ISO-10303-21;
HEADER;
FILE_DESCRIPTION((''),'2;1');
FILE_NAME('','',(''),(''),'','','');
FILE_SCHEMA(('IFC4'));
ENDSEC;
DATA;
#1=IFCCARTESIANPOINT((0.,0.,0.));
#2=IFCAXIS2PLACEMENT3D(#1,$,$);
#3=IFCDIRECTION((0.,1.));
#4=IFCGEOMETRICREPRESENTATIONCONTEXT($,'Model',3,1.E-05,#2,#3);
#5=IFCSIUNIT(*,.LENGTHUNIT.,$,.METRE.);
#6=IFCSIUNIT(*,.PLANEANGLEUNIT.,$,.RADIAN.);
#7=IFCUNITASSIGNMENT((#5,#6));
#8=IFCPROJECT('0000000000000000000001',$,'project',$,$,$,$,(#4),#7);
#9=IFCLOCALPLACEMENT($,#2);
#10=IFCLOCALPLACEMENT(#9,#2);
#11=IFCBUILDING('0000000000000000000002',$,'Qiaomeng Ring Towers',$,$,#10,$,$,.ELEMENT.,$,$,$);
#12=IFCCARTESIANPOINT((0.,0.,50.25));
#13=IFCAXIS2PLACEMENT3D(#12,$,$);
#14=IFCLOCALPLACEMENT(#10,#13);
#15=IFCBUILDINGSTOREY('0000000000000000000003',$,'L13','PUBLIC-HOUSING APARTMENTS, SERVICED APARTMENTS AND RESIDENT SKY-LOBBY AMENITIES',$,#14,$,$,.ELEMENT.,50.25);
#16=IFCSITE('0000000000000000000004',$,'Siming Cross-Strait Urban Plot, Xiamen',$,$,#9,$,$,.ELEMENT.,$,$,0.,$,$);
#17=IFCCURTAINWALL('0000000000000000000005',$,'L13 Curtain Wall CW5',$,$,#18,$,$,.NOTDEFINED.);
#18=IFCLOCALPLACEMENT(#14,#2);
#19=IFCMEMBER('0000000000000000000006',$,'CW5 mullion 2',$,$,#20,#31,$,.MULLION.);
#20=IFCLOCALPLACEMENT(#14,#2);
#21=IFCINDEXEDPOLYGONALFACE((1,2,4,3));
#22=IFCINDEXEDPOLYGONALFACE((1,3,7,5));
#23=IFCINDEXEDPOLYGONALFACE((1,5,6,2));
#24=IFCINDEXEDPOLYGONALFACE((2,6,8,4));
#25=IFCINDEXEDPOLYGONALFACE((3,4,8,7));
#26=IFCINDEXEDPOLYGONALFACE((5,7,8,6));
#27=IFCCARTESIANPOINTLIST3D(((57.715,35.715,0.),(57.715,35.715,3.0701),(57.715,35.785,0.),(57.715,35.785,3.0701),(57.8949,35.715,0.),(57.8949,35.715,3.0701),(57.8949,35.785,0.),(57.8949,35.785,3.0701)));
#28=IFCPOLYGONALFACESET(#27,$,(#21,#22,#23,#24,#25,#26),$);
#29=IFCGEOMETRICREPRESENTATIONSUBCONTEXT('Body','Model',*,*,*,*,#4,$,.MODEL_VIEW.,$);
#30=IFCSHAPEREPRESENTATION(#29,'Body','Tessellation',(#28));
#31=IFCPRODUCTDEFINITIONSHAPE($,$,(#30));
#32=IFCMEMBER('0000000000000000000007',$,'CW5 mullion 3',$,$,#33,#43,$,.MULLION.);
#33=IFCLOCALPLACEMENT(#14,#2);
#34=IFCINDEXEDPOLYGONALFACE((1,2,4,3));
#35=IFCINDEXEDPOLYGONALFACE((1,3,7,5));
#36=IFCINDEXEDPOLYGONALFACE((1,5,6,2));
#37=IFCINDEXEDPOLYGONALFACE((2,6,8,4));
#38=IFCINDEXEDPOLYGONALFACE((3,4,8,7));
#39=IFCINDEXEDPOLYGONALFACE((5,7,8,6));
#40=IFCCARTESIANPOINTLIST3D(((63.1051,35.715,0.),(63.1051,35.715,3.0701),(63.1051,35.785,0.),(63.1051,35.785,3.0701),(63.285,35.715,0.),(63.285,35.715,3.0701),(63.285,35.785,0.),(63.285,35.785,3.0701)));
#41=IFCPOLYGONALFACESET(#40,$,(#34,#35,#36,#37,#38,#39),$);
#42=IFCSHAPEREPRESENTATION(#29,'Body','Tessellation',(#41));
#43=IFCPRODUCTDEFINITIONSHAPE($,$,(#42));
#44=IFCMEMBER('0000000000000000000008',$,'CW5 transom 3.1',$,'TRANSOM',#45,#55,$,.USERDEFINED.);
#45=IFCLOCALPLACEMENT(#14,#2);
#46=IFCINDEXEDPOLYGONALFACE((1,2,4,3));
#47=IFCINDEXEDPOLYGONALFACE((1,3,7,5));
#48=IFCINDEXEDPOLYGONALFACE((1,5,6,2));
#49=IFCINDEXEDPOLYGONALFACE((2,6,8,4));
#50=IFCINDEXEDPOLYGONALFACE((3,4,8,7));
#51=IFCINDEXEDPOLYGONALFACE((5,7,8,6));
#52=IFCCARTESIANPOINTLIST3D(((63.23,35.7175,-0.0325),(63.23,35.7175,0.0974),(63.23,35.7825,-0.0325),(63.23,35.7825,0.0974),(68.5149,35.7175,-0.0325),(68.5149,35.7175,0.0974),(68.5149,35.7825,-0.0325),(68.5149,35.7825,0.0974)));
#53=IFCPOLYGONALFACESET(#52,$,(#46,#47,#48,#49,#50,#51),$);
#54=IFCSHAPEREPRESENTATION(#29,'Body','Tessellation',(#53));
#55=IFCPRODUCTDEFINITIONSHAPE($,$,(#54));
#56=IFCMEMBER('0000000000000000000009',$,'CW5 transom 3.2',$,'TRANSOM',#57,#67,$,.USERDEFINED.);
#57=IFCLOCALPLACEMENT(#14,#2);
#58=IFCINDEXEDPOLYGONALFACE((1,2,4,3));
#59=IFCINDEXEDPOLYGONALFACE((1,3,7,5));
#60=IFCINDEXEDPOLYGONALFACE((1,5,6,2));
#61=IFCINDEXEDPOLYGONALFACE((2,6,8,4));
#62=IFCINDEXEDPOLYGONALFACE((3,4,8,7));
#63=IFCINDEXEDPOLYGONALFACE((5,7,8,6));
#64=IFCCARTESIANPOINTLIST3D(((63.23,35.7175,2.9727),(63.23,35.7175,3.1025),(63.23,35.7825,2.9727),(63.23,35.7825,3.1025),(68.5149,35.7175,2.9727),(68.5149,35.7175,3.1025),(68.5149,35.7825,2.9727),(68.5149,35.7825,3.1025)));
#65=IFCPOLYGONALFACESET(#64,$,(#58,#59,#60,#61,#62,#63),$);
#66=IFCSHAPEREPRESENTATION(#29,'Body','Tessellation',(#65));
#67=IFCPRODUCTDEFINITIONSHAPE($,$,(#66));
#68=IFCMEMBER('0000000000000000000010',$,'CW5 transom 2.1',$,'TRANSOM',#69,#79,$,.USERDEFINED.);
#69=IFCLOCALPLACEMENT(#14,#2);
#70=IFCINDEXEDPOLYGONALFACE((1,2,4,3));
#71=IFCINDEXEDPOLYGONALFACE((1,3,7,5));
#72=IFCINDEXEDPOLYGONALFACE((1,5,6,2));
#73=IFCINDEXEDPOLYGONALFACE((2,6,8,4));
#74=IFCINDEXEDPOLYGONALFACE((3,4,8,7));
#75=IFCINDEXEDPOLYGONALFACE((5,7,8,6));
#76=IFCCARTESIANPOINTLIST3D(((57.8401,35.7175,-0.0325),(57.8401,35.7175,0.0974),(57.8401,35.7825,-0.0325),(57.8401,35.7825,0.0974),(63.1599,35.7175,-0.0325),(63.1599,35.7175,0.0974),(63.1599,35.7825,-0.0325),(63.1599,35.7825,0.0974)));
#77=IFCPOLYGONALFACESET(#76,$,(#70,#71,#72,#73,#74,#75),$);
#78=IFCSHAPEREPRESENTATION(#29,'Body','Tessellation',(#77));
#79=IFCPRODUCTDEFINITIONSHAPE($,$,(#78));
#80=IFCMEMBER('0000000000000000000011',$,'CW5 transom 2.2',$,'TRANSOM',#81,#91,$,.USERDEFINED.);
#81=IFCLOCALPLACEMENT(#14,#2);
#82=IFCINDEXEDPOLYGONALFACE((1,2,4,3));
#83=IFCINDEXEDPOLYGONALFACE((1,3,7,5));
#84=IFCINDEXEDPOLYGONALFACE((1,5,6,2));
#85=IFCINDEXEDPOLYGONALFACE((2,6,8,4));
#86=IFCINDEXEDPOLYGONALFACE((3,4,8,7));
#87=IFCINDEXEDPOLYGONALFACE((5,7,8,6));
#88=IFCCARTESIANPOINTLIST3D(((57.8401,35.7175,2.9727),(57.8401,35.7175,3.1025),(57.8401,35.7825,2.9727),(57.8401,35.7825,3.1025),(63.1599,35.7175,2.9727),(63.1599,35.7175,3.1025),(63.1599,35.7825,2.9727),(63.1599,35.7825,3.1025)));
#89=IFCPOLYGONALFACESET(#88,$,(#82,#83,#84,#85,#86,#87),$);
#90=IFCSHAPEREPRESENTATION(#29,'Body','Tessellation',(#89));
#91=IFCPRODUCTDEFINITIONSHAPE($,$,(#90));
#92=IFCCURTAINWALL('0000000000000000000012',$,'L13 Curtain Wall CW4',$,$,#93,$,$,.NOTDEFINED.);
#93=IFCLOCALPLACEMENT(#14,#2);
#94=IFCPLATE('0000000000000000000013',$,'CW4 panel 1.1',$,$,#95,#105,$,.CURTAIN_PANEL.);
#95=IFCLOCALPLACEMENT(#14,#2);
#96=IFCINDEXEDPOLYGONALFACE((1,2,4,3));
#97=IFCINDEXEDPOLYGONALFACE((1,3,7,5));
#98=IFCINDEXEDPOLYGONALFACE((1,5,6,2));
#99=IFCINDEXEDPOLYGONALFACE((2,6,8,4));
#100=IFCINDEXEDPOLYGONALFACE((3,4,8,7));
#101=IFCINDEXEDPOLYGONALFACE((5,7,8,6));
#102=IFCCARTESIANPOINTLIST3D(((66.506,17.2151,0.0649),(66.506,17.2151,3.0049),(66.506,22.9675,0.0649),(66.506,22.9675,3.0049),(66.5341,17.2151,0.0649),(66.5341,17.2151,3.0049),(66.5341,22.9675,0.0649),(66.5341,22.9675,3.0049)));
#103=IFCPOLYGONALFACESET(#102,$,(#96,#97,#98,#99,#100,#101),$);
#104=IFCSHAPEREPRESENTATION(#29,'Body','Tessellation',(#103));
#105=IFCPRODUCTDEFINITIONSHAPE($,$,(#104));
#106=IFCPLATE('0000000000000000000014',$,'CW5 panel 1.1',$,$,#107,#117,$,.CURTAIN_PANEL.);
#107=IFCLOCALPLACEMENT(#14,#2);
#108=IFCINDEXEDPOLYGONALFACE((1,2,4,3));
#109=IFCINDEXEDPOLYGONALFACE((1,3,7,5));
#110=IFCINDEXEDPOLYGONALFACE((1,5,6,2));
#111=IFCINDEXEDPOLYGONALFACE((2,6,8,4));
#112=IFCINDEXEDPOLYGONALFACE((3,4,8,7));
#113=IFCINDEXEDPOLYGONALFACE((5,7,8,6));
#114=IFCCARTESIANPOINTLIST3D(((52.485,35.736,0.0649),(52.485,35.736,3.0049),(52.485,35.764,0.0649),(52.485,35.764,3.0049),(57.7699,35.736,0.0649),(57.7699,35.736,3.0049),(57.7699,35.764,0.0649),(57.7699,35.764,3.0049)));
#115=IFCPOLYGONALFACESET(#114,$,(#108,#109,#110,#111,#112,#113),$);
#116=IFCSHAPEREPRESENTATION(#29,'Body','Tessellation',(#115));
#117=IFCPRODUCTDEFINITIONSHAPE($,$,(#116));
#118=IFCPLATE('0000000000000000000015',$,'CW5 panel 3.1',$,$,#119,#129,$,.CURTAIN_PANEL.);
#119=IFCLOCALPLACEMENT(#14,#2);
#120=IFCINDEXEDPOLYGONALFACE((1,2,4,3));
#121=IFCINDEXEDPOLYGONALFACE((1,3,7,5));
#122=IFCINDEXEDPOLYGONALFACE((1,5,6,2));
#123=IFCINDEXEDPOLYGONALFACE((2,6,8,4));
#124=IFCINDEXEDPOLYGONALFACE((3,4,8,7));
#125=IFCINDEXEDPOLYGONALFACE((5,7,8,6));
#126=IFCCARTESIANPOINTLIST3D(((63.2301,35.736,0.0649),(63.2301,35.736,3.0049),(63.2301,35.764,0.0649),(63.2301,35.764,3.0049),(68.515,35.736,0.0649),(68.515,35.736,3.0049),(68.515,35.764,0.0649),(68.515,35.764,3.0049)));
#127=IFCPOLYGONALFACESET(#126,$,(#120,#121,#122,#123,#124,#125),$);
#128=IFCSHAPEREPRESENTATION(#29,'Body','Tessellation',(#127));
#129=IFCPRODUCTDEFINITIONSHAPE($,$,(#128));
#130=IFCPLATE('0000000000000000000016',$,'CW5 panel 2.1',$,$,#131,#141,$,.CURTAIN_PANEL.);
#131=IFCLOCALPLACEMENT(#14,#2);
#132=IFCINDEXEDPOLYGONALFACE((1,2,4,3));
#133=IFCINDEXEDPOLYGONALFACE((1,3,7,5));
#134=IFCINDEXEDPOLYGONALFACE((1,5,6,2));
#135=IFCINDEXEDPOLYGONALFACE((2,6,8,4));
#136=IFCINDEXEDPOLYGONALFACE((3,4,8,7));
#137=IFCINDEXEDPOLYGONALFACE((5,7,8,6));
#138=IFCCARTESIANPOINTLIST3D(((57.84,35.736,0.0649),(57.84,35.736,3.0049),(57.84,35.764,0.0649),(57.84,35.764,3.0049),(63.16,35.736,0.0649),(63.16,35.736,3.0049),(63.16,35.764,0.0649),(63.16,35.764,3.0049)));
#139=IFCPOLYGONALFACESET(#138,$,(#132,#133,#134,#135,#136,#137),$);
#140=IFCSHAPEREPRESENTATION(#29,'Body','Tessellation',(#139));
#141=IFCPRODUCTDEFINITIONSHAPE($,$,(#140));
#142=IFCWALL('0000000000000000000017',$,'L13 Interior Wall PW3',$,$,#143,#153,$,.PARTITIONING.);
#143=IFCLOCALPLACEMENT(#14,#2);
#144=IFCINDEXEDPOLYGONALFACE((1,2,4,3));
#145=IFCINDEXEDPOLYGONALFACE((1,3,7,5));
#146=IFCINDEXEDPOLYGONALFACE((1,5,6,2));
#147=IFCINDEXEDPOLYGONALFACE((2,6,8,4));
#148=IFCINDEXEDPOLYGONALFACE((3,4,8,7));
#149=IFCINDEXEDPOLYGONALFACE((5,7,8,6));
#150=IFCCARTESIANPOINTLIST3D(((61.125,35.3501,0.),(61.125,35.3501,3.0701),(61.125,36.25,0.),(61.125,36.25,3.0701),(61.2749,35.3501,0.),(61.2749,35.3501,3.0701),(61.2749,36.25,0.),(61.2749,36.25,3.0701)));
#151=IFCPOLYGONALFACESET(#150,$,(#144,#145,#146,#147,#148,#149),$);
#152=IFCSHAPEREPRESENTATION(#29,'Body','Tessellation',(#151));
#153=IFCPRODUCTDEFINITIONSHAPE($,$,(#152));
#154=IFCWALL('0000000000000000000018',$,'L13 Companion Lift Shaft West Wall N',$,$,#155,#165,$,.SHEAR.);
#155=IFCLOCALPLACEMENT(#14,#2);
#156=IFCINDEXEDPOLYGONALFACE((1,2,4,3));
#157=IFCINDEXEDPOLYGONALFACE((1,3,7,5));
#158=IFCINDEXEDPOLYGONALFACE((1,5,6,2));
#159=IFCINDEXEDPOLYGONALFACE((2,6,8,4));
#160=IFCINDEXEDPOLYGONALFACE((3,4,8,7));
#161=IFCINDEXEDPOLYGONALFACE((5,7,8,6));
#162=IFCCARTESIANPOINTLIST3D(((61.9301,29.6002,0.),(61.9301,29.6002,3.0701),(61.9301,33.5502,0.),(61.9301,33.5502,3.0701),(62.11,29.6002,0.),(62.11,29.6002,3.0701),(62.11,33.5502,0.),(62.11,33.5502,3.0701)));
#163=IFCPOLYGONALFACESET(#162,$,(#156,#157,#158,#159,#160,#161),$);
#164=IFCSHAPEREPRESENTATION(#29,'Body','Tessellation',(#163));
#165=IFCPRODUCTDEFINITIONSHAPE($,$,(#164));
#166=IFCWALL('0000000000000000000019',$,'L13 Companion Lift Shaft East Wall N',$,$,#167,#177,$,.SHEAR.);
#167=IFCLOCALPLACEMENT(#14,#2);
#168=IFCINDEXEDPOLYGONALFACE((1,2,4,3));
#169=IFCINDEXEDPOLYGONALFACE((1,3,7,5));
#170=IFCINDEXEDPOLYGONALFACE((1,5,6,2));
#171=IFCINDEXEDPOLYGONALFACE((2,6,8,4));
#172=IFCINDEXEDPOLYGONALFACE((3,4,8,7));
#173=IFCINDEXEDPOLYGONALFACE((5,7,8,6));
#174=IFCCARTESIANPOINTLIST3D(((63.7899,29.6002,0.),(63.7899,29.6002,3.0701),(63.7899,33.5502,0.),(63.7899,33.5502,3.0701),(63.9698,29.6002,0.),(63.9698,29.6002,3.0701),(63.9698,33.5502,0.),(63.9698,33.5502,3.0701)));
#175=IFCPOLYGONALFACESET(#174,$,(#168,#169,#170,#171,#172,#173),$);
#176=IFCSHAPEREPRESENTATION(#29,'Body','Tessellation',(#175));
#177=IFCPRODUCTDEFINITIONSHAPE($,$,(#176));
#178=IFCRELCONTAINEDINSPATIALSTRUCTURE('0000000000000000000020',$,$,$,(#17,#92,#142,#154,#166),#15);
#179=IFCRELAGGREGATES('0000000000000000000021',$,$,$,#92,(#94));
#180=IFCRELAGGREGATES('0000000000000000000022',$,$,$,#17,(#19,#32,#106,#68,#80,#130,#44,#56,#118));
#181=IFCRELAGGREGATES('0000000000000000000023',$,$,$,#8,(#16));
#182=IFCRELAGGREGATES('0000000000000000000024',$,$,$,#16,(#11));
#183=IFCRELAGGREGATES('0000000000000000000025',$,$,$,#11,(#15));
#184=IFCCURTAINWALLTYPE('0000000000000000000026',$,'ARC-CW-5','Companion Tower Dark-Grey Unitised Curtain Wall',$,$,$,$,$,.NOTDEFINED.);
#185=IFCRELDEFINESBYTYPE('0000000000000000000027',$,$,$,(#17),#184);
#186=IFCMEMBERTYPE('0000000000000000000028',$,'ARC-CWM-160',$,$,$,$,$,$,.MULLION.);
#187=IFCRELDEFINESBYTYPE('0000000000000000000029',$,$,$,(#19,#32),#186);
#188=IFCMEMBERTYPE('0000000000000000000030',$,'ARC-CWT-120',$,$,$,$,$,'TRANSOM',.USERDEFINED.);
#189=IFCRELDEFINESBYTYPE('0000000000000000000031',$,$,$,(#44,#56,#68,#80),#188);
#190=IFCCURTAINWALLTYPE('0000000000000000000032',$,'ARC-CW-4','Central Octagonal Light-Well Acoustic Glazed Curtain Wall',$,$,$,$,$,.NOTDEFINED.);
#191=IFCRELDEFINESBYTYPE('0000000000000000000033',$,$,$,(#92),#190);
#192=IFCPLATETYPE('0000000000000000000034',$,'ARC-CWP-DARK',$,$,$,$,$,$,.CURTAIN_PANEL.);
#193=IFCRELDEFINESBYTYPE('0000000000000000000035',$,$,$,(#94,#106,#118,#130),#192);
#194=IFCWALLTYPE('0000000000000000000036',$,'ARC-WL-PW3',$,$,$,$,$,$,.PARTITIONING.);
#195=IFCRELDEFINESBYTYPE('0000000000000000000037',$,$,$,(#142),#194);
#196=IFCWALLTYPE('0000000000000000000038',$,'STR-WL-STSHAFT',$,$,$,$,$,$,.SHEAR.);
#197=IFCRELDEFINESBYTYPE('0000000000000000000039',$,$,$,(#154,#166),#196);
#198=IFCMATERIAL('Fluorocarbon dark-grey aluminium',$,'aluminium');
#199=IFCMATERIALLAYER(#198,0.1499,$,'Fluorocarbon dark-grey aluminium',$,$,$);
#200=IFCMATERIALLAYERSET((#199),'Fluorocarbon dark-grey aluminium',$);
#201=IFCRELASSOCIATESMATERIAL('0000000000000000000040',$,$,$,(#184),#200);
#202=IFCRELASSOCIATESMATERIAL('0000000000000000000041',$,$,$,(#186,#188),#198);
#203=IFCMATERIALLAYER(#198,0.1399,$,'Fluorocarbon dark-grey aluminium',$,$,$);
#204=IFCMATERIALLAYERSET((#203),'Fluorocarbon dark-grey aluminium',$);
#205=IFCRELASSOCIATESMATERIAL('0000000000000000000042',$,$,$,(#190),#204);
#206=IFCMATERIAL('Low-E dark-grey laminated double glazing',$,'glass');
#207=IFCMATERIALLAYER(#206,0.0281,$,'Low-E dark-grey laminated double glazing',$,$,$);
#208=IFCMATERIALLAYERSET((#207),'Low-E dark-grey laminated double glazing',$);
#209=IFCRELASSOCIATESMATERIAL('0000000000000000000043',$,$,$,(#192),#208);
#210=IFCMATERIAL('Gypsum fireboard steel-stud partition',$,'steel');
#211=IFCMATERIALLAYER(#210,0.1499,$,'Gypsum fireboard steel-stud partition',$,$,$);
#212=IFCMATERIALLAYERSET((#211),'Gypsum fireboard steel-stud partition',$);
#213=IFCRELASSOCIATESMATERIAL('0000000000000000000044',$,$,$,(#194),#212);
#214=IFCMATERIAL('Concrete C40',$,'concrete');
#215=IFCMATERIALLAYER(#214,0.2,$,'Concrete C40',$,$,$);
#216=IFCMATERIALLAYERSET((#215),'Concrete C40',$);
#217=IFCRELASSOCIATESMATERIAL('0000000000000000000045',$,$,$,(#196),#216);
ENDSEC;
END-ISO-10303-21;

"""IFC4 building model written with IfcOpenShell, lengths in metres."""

from ifc_helpers import new_model, si_unit, direction, frame, frame_2d, origin, origin_2d, place, context, subcontext, project, spatial, rectangle, extrude, source, transform, mapped, material, layer, layer_set, material_profile, profile_set, type_object, element, aggregate, save


model = new_model("IFC4")

# Units and contexts
model_context = context("Model", 3, precision=1e-05, world=origin(), true_north=direction((0.0, 1.0)))
body_context = subcontext(model_context, "Body", "Model", "MODEL_VIEW")
ifc_project = project(units=[si_unit("LENGTHUNIT", "METRE"), si_unit("PLANEANGLEUNIT", "RADIAN")], contexts=[model_context])

# Site, building, storey
site_placement = place(None, origin())
site = spatial("IfcSite", under=ifc_project, at=site_placement, Name="Siming Cross-Strait Urban Plot, Xiamen", CompositionType="ELEMENT", RefElevation=0.0)
building_placement = place(site_placement, origin())
building = spatial("IfcBuilding", under=site, at=building_placement, Name="Qiaomeng Ring Towers", CompositionType="ELEMENT")
storey_placement = place(building_placement, frame((0.0, 0.0, 50.25)))
storey = spatial("IfcBuildingStorey", under=building, at=storey_placement, Name="L13", Description="PUBLIC-HOUSING APARTMENTS, SERVICED APARTMENTS AND RESIDENT SKY-LOBBY AMENITIES", CompositionType="ELEMENT", Elevation=50.25)

# Curtain wall, members
ifc_material_1 = material(Name="Fluorocarbon dark-grey aluminium", Category="aluminium")
ifc_layer_1 = layer(ifc_material_1, 0.1499, Name="Fluorocarbon dark-grey aluminium")
ifc_layer_set_1 = layer_set([ifc_layer_1], Name="Fluorocarbon dark-grey aluminium")
curtain_wall_type_1 = type_object("IfcCurtainWallType", Name="ARC-CW-5", Description="Companion Tower Dark-Grey Unitised Curtain Wall", PredefinedType="NOTDEFINED", material=ifc_layer_set_1)
curtain_wall_1_placement = place(storey_placement, origin())
curtain_wall_1 = element("IfcCurtainWall", 1, at=curtain_wall_1_placement, inside=storey, type_object=curtain_wall_type_1, Name="L13 Curtain Wall CW5", PredefinedType="NOTDEFINED")
ifc_material_profile_1 = material_profile(ifc_material_1, rectangle(XDim=0.0701, YDim=0.1799, at=origin_2d()), Name="ALU MULL 70x180")
ifc_profile_set_1 = profile_set([ifc_material_profile_1], Name="Fluorocarbon dark-grey aluminium")
member_type_1 = type_object("IfcMemberType", Name="ARC-CWM-160", PredefinedType="MULLION", material=ifc_profile_set_1)
shared_shape_1 = source(origin(), body_context, "Body", "SweptSolid", [
    extrude(rectangle(XDim=0.0701, YDim=0.1799, at=origin_2d()), origin(), (0.0, 0.0, 1.0), 3.0701),
])
member_1_placement = place(storey_placement, frame((57.8049, 35.75, 0.0), z_axis=(0.0, 0.0, 1.0), x_axis=(0.0, 1.0, 0.0)))
member_1 = element("IfcMember", 2, at=member_1_placement, type_object=member_type_1, Name="CW5 mullion 2", PredefinedType="MULLION", context=body_context, shape_type="MappedRepresentation", body=[
    mapped(shared_shape_1, transform((0.0, 0.0, 0.0), x_axis=(1.0, 0.0, 0.0), y_axis=(0.0, 1.0, 0.0), z_axis=(0.0, 0.0, 1.0), scale=1.0)),
])
member_2_placement = place(storey_placement, frame((63.1951, 35.75, 0.0), z_axis=(0.0, 0.0, 1.0), x_axis=(0.0, 1.0, 0.0)))
member_2 = element("IfcMember", 3, at=member_2_placement, type_object=member_type_1, Name="CW5 mullion 3", PredefinedType="MULLION", context=body_context, shape_type="MappedRepresentation", body=[
    mapped(shared_shape_1, transform((0.0, 0.0, 0.0), x_axis=(1.0, 0.0, 0.0), y_axis=(0.0, 1.0, 0.0), z_axis=(0.0, 0.0, 1.0), scale=1.0)),
])
ifc_material_profile_2 = material_profile(ifc_material_1, rectangle(XDim=0.0649, YDim=0.1299, at=origin_2d()), Name="ALU TRAN 65x130")
ifc_profile_set_2 = profile_set([ifc_material_profile_2], Name="Fluorocarbon dark-grey aluminium")
member_type_2 = type_object("IfcMemberType", Name="ARC-CWT-120", ElementType="TRANSOM", PredefinedType="USERDEFINED", material=ifc_profile_set_2)
shared_shape_2 = source(origin(), body_context, "Body", "SweptSolid", [
    extrude(rectangle(XDim=0.0649, YDim=0.1299, at=origin_2d()), origin(), (0.0, 0.0, 1.0), 5.2849),
])
member_3_placement = place(storey_placement, frame((63.23, 35.75, 0.0325), z_axis=(1.0, 0.0, 0.0), x_axis=(0.0, 1.0, 0.0)))
member_3 = element("IfcMember", 4, at=member_3_placement, type_object=member_type_2, Name="CW5 transom 3.1", ObjectType="TRANSOM", PredefinedType="USERDEFINED", context=body_context, shape_type="MappedRepresentation", body=[
    mapped(shared_shape_2, transform((0.0, 0.0, 0.0), x_axis=(1.0, 0.0, 0.0), y_axis=(0.0, 1.0, 0.0), z_axis=(0.0, 0.0, 1.0), scale=1.0)),
])
member_4_placement = place(storey_placement, frame((63.23, 35.75, 3.0376), z_axis=(1.0, 0.0, 0.0), x_axis=(0.0, 1.0, 0.0)))
member_4 = element("IfcMember", 5, at=member_4_placement, type_object=member_type_2, Name="CW5 transom 3.2", ObjectType="TRANSOM", PredefinedType="USERDEFINED", context=body_context, shape_type="MappedRepresentation", body=[
    mapped(shared_shape_2, transform((0.0, 0.0, 0.0), x_axis=(1.0, 0.0, 0.0), y_axis=(0.0, 1.0, 0.0), z_axis=(0.0, 0.0, 1.0), scale=1.0)),
])
shared_shape_3 = source(origin(), body_context, "Body", "SweptSolid", [
    extrude(rectangle(XDim=0.0649, YDim=0.1299, at=origin_2d()), origin(), (0.0, 0.0, 1.0), 5.3198),
])
member_5_placement = place(storey_placement, frame((57.8401, 35.75, 0.0325), z_axis=(1.0, 0.0, 0.0), x_axis=(0.0, 1.0, 0.0)))
member_5 = element("IfcMember", 6, at=member_5_placement, type_object=member_type_2, Name="CW5 transom 2.1", ObjectType="TRANSOM", PredefinedType="USERDEFINED", context=body_context, shape_type="MappedRepresentation", body=[
    mapped(shared_shape_3, transform((0.0, 0.0, 0.0), x_axis=(1.0, 0.0, 0.0), y_axis=(0.0, 1.0, 0.0), z_axis=(0.0, 0.0, 1.0), scale=1.0)),
])
member_6_placement = place(storey_placement, frame((57.8401, 35.75, 3.0376), z_axis=(1.0, 0.0, 0.0), x_axis=(0.0, 1.0, 0.0)))
member_6 = element("IfcMember", 7, at=member_6_placement, type_object=member_type_2, Name="CW5 transom 2.2", ObjectType="TRANSOM", PredefinedType="USERDEFINED", context=body_context, shape_type="MappedRepresentation", body=[
    mapped(shared_shape_3, transform((0.0, 0.0, 0.0), x_axis=(1.0, 0.0, 0.0), y_axis=(0.0, 1.0, 0.0), z_axis=(0.0, 0.0, 1.0), scale=1.0)),
])

# Curtain wall, plate
ifc_layer_2 = layer(ifc_material_1, 0.1399, Name="Fluorocarbon dark-grey aluminium")
ifc_layer_set_2 = layer_set([ifc_layer_2], Name="Fluorocarbon dark-grey aluminium")
curtain_wall_type_2 = type_object("IfcCurtainWallType", Name="ARC-CW-4", Description="Central Octagonal Light-Well Acoustic Glazed Curtain Wall", PredefinedType="NOTDEFINED", material=ifc_layer_set_2)
curtain_wall_2_placement = place(storey_placement, origin())
curtain_wall_2 = element("IfcCurtainWall", 8, at=curtain_wall_2_placement, inside=storey, type_object=curtain_wall_type_2, Name="L13 Curtain Wall CW4", PredefinedType="NOTDEFINED")
ifc_material_2 = material(Name="Low-E dark-grey laminated double glazing", Category="glass")
ifc_layer_3 = layer(ifc_material_2, 0.0281, Name="Low-E dark-grey laminated double glazing")
ifc_layer_set_3 = layer_set([ifc_layer_3], Name="Low-E dark-grey laminated double glazing")
plate_type = type_object("IfcPlateType", Name="ARC-CWP-DARK", PredefinedType="CURTAIN_PANEL", material=ifc_layer_set_3)
shared_shape_4 = source(origin(), body_context, "Body", "SweptSolid", [
    extrude(rectangle(XDim=5.7524, YDim=0.0281, at=origin_2d()), origin(), (0.0, 0.0, 1.0), 2.9399),
])
plate_1_placement = place(storey_placement, frame((66.52, 20.0913, 0.0649), z_axis=(0.0, 0.0, 1.0), x_axis=(0.0, 1.0, 0.0)))
plate_1 = element("IfcPlate", 9, at=plate_1_placement, type_object=plate_type, Name="CW4 panel 1.1", PredefinedType="CURTAIN_PANEL", context=body_context, shape_type="MappedRepresentation", body=[
    mapped(shared_shape_4, transform((0.0, 0.0, 0.0), x_axis=(1.0, 0.0, 0.0), y_axis=(0.0, 1.0, 0.0), z_axis=(0.0, 0.0, 1.0), scale=1.0)),
])
aggregate(curtain_wall_2, [plate_1])

# Plates
shared_shape_5 = source(origin(), body_context, "Body", "SweptSolid", [
    extrude(rectangle(XDim=5.2849, YDim=0.0281, at=origin_2d()), origin(), (0.0, 0.0, 1.0), 2.9399),
])
plate_2_placement = place(storey_placement, frame((55.1274, 35.75, 0.0649), z_axis=(0.0, 0.0, 1.0), x_axis=(1.0, 0.0, 0.0)))
plate_2 = element("IfcPlate", 10, at=plate_2_placement, type_object=plate_type, Name="CW5 panel 1.1", PredefinedType="CURTAIN_PANEL", context=body_context, shape_type="MappedRepresentation", body=[
    mapped(shared_shape_5, transform((0.0, 0.0, 0.0), x_axis=(1.0, 0.0, 0.0), y_axis=(0.0, 1.0, 0.0), z_axis=(0.0, 0.0, 1.0), scale=1.0)),
])
plate_3_placement = place(storey_placement, frame((65.8726, 35.75, 0.0649), z_axis=(0.0, 0.0, 1.0), x_axis=(1.0, 0.0, 0.0)))
plate_3 = element("IfcPlate", 11, at=plate_3_placement, type_object=plate_type, Name="CW5 panel 3.1", PredefinedType="CURTAIN_PANEL", context=body_context, shape_type="MappedRepresentation", body=[
    mapped(shared_shape_5, transform((0.0, 0.0, 0.0), x_axis=(1.0, 0.0, 0.0), y_axis=(0.0, 1.0, 0.0), z_axis=(0.0, 0.0, 1.0), scale=1.0)),
])
shared_shape_6 = source(origin(), body_context, "Body", "SweptSolid", [
    extrude(rectangle(XDim=5.3201, YDim=0.0281, at=origin_2d()), origin(), (0.0, 0.0, 1.0), 2.9399),
])
plate_4_placement = place(storey_placement, frame((60.5, 35.75, 0.0649), z_axis=(0.0, 0.0, 1.0), x_axis=(1.0, 0.0, 0.0)))
plate_4 = element("IfcPlate", 12, at=plate_4_placement, type_object=plate_type, Name="CW5 panel 2.1", PredefinedType="CURTAIN_PANEL", context=body_context, shape_type="MappedRepresentation", body=[
    mapped(shared_shape_6, transform((0.0, 0.0, 0.0), x_axis=(1.0, 0.0, 0.0), y_axis=(0.0, 1.0, 0.0), z_axis=(0.0, 0.0, 1.0), scale=1.0)),
])
aggregate(curtain_wall_1, [member_1, member_2, plate_2, member_5, member_6, plate_4, member_3, member_4, plate_3])

# Walls
ifc_material_3 = material(Name="Gypsum fireboard steel-stud partition", Category="steel")
ifc_layer_4 = layer(ifc_material_3, 0.1499, Name="Gypsum fireboard steel-stud partition")
ifc_layer_set_4 = layer_set([ifc_layer_4], Name="Gypsum fireboard steel-stud partition")
wall_type_1 = type_object("IfcWallType", Name="ARC-WL-PW3", PredefinedType="PARTITIONING", material=ifc_layer_set_4)
wall_1_placement = place(storey_placement, frame((61.2, 35.3501, 0.0), z_axis=(0.0, 0.0, 1.0), x_axis=(0.0, 1.0, 0.0)))
element("IfcWall", 13, at=wall_1_placement, inside=storey, type_object=wall_type_1, Name="L13 Interior Wall PW3", PredefinedType="PARTITIONING", context=body_context, shape_type="SweptSolid", body=[
    extrude(rectangle(XDim=0.8999, YDim=0.1499, at=frame_2d((0.45, 0.0))), origin(), (0.0, 0.0, 1.0), 3.0701),
])
ifc_material_4 = material(Name="Concrete C40", Category="concrete")
ifc_layer_5 = layer(ifc_material_4, 0.2, Name="Concrete C40")
ifc_layer_set_5 = layer_set([ifc_layer_5], Name="Concrete C40")
wall_type_2 = type_object("IfcWallType", Name="STR-WL-STSHAFT", PredefinedType="SHEAR", material=ifc_layer_set_5)
for number, where, z_axis, x_axis, name in (
    (14, (62.02, 29.6001, 0.0), (0.0, 0.0, 1.0), (0.0, 1.0, 0.0), "L13 Companion Lift Shaft West Wall N"),
    (15, (63.8799, 29.6001, 0.0), (0.0, 0.0, 1.0), (0.0, 1.0, 0.0), "L13 Companion Lift Shaft East Wall N"),
):
    element("IfcWall", number, at=place(storey_placement, frame(where, z_axis=z_axis, x_axis=x_axis)), inside=storey, type_object=wall_type_2, Name=name, PredefinedType="SHEAR", context=body_context, shape_type="SweptSolid", body=[
        extrude(rectangle(XDim=3.95, YDim=0.1799, at=frame_2d((1.9751, 0.0))), origin(), (0.0, 0.0, 1.0), 3.0701),
    ])

save(model, "model.ifc")
